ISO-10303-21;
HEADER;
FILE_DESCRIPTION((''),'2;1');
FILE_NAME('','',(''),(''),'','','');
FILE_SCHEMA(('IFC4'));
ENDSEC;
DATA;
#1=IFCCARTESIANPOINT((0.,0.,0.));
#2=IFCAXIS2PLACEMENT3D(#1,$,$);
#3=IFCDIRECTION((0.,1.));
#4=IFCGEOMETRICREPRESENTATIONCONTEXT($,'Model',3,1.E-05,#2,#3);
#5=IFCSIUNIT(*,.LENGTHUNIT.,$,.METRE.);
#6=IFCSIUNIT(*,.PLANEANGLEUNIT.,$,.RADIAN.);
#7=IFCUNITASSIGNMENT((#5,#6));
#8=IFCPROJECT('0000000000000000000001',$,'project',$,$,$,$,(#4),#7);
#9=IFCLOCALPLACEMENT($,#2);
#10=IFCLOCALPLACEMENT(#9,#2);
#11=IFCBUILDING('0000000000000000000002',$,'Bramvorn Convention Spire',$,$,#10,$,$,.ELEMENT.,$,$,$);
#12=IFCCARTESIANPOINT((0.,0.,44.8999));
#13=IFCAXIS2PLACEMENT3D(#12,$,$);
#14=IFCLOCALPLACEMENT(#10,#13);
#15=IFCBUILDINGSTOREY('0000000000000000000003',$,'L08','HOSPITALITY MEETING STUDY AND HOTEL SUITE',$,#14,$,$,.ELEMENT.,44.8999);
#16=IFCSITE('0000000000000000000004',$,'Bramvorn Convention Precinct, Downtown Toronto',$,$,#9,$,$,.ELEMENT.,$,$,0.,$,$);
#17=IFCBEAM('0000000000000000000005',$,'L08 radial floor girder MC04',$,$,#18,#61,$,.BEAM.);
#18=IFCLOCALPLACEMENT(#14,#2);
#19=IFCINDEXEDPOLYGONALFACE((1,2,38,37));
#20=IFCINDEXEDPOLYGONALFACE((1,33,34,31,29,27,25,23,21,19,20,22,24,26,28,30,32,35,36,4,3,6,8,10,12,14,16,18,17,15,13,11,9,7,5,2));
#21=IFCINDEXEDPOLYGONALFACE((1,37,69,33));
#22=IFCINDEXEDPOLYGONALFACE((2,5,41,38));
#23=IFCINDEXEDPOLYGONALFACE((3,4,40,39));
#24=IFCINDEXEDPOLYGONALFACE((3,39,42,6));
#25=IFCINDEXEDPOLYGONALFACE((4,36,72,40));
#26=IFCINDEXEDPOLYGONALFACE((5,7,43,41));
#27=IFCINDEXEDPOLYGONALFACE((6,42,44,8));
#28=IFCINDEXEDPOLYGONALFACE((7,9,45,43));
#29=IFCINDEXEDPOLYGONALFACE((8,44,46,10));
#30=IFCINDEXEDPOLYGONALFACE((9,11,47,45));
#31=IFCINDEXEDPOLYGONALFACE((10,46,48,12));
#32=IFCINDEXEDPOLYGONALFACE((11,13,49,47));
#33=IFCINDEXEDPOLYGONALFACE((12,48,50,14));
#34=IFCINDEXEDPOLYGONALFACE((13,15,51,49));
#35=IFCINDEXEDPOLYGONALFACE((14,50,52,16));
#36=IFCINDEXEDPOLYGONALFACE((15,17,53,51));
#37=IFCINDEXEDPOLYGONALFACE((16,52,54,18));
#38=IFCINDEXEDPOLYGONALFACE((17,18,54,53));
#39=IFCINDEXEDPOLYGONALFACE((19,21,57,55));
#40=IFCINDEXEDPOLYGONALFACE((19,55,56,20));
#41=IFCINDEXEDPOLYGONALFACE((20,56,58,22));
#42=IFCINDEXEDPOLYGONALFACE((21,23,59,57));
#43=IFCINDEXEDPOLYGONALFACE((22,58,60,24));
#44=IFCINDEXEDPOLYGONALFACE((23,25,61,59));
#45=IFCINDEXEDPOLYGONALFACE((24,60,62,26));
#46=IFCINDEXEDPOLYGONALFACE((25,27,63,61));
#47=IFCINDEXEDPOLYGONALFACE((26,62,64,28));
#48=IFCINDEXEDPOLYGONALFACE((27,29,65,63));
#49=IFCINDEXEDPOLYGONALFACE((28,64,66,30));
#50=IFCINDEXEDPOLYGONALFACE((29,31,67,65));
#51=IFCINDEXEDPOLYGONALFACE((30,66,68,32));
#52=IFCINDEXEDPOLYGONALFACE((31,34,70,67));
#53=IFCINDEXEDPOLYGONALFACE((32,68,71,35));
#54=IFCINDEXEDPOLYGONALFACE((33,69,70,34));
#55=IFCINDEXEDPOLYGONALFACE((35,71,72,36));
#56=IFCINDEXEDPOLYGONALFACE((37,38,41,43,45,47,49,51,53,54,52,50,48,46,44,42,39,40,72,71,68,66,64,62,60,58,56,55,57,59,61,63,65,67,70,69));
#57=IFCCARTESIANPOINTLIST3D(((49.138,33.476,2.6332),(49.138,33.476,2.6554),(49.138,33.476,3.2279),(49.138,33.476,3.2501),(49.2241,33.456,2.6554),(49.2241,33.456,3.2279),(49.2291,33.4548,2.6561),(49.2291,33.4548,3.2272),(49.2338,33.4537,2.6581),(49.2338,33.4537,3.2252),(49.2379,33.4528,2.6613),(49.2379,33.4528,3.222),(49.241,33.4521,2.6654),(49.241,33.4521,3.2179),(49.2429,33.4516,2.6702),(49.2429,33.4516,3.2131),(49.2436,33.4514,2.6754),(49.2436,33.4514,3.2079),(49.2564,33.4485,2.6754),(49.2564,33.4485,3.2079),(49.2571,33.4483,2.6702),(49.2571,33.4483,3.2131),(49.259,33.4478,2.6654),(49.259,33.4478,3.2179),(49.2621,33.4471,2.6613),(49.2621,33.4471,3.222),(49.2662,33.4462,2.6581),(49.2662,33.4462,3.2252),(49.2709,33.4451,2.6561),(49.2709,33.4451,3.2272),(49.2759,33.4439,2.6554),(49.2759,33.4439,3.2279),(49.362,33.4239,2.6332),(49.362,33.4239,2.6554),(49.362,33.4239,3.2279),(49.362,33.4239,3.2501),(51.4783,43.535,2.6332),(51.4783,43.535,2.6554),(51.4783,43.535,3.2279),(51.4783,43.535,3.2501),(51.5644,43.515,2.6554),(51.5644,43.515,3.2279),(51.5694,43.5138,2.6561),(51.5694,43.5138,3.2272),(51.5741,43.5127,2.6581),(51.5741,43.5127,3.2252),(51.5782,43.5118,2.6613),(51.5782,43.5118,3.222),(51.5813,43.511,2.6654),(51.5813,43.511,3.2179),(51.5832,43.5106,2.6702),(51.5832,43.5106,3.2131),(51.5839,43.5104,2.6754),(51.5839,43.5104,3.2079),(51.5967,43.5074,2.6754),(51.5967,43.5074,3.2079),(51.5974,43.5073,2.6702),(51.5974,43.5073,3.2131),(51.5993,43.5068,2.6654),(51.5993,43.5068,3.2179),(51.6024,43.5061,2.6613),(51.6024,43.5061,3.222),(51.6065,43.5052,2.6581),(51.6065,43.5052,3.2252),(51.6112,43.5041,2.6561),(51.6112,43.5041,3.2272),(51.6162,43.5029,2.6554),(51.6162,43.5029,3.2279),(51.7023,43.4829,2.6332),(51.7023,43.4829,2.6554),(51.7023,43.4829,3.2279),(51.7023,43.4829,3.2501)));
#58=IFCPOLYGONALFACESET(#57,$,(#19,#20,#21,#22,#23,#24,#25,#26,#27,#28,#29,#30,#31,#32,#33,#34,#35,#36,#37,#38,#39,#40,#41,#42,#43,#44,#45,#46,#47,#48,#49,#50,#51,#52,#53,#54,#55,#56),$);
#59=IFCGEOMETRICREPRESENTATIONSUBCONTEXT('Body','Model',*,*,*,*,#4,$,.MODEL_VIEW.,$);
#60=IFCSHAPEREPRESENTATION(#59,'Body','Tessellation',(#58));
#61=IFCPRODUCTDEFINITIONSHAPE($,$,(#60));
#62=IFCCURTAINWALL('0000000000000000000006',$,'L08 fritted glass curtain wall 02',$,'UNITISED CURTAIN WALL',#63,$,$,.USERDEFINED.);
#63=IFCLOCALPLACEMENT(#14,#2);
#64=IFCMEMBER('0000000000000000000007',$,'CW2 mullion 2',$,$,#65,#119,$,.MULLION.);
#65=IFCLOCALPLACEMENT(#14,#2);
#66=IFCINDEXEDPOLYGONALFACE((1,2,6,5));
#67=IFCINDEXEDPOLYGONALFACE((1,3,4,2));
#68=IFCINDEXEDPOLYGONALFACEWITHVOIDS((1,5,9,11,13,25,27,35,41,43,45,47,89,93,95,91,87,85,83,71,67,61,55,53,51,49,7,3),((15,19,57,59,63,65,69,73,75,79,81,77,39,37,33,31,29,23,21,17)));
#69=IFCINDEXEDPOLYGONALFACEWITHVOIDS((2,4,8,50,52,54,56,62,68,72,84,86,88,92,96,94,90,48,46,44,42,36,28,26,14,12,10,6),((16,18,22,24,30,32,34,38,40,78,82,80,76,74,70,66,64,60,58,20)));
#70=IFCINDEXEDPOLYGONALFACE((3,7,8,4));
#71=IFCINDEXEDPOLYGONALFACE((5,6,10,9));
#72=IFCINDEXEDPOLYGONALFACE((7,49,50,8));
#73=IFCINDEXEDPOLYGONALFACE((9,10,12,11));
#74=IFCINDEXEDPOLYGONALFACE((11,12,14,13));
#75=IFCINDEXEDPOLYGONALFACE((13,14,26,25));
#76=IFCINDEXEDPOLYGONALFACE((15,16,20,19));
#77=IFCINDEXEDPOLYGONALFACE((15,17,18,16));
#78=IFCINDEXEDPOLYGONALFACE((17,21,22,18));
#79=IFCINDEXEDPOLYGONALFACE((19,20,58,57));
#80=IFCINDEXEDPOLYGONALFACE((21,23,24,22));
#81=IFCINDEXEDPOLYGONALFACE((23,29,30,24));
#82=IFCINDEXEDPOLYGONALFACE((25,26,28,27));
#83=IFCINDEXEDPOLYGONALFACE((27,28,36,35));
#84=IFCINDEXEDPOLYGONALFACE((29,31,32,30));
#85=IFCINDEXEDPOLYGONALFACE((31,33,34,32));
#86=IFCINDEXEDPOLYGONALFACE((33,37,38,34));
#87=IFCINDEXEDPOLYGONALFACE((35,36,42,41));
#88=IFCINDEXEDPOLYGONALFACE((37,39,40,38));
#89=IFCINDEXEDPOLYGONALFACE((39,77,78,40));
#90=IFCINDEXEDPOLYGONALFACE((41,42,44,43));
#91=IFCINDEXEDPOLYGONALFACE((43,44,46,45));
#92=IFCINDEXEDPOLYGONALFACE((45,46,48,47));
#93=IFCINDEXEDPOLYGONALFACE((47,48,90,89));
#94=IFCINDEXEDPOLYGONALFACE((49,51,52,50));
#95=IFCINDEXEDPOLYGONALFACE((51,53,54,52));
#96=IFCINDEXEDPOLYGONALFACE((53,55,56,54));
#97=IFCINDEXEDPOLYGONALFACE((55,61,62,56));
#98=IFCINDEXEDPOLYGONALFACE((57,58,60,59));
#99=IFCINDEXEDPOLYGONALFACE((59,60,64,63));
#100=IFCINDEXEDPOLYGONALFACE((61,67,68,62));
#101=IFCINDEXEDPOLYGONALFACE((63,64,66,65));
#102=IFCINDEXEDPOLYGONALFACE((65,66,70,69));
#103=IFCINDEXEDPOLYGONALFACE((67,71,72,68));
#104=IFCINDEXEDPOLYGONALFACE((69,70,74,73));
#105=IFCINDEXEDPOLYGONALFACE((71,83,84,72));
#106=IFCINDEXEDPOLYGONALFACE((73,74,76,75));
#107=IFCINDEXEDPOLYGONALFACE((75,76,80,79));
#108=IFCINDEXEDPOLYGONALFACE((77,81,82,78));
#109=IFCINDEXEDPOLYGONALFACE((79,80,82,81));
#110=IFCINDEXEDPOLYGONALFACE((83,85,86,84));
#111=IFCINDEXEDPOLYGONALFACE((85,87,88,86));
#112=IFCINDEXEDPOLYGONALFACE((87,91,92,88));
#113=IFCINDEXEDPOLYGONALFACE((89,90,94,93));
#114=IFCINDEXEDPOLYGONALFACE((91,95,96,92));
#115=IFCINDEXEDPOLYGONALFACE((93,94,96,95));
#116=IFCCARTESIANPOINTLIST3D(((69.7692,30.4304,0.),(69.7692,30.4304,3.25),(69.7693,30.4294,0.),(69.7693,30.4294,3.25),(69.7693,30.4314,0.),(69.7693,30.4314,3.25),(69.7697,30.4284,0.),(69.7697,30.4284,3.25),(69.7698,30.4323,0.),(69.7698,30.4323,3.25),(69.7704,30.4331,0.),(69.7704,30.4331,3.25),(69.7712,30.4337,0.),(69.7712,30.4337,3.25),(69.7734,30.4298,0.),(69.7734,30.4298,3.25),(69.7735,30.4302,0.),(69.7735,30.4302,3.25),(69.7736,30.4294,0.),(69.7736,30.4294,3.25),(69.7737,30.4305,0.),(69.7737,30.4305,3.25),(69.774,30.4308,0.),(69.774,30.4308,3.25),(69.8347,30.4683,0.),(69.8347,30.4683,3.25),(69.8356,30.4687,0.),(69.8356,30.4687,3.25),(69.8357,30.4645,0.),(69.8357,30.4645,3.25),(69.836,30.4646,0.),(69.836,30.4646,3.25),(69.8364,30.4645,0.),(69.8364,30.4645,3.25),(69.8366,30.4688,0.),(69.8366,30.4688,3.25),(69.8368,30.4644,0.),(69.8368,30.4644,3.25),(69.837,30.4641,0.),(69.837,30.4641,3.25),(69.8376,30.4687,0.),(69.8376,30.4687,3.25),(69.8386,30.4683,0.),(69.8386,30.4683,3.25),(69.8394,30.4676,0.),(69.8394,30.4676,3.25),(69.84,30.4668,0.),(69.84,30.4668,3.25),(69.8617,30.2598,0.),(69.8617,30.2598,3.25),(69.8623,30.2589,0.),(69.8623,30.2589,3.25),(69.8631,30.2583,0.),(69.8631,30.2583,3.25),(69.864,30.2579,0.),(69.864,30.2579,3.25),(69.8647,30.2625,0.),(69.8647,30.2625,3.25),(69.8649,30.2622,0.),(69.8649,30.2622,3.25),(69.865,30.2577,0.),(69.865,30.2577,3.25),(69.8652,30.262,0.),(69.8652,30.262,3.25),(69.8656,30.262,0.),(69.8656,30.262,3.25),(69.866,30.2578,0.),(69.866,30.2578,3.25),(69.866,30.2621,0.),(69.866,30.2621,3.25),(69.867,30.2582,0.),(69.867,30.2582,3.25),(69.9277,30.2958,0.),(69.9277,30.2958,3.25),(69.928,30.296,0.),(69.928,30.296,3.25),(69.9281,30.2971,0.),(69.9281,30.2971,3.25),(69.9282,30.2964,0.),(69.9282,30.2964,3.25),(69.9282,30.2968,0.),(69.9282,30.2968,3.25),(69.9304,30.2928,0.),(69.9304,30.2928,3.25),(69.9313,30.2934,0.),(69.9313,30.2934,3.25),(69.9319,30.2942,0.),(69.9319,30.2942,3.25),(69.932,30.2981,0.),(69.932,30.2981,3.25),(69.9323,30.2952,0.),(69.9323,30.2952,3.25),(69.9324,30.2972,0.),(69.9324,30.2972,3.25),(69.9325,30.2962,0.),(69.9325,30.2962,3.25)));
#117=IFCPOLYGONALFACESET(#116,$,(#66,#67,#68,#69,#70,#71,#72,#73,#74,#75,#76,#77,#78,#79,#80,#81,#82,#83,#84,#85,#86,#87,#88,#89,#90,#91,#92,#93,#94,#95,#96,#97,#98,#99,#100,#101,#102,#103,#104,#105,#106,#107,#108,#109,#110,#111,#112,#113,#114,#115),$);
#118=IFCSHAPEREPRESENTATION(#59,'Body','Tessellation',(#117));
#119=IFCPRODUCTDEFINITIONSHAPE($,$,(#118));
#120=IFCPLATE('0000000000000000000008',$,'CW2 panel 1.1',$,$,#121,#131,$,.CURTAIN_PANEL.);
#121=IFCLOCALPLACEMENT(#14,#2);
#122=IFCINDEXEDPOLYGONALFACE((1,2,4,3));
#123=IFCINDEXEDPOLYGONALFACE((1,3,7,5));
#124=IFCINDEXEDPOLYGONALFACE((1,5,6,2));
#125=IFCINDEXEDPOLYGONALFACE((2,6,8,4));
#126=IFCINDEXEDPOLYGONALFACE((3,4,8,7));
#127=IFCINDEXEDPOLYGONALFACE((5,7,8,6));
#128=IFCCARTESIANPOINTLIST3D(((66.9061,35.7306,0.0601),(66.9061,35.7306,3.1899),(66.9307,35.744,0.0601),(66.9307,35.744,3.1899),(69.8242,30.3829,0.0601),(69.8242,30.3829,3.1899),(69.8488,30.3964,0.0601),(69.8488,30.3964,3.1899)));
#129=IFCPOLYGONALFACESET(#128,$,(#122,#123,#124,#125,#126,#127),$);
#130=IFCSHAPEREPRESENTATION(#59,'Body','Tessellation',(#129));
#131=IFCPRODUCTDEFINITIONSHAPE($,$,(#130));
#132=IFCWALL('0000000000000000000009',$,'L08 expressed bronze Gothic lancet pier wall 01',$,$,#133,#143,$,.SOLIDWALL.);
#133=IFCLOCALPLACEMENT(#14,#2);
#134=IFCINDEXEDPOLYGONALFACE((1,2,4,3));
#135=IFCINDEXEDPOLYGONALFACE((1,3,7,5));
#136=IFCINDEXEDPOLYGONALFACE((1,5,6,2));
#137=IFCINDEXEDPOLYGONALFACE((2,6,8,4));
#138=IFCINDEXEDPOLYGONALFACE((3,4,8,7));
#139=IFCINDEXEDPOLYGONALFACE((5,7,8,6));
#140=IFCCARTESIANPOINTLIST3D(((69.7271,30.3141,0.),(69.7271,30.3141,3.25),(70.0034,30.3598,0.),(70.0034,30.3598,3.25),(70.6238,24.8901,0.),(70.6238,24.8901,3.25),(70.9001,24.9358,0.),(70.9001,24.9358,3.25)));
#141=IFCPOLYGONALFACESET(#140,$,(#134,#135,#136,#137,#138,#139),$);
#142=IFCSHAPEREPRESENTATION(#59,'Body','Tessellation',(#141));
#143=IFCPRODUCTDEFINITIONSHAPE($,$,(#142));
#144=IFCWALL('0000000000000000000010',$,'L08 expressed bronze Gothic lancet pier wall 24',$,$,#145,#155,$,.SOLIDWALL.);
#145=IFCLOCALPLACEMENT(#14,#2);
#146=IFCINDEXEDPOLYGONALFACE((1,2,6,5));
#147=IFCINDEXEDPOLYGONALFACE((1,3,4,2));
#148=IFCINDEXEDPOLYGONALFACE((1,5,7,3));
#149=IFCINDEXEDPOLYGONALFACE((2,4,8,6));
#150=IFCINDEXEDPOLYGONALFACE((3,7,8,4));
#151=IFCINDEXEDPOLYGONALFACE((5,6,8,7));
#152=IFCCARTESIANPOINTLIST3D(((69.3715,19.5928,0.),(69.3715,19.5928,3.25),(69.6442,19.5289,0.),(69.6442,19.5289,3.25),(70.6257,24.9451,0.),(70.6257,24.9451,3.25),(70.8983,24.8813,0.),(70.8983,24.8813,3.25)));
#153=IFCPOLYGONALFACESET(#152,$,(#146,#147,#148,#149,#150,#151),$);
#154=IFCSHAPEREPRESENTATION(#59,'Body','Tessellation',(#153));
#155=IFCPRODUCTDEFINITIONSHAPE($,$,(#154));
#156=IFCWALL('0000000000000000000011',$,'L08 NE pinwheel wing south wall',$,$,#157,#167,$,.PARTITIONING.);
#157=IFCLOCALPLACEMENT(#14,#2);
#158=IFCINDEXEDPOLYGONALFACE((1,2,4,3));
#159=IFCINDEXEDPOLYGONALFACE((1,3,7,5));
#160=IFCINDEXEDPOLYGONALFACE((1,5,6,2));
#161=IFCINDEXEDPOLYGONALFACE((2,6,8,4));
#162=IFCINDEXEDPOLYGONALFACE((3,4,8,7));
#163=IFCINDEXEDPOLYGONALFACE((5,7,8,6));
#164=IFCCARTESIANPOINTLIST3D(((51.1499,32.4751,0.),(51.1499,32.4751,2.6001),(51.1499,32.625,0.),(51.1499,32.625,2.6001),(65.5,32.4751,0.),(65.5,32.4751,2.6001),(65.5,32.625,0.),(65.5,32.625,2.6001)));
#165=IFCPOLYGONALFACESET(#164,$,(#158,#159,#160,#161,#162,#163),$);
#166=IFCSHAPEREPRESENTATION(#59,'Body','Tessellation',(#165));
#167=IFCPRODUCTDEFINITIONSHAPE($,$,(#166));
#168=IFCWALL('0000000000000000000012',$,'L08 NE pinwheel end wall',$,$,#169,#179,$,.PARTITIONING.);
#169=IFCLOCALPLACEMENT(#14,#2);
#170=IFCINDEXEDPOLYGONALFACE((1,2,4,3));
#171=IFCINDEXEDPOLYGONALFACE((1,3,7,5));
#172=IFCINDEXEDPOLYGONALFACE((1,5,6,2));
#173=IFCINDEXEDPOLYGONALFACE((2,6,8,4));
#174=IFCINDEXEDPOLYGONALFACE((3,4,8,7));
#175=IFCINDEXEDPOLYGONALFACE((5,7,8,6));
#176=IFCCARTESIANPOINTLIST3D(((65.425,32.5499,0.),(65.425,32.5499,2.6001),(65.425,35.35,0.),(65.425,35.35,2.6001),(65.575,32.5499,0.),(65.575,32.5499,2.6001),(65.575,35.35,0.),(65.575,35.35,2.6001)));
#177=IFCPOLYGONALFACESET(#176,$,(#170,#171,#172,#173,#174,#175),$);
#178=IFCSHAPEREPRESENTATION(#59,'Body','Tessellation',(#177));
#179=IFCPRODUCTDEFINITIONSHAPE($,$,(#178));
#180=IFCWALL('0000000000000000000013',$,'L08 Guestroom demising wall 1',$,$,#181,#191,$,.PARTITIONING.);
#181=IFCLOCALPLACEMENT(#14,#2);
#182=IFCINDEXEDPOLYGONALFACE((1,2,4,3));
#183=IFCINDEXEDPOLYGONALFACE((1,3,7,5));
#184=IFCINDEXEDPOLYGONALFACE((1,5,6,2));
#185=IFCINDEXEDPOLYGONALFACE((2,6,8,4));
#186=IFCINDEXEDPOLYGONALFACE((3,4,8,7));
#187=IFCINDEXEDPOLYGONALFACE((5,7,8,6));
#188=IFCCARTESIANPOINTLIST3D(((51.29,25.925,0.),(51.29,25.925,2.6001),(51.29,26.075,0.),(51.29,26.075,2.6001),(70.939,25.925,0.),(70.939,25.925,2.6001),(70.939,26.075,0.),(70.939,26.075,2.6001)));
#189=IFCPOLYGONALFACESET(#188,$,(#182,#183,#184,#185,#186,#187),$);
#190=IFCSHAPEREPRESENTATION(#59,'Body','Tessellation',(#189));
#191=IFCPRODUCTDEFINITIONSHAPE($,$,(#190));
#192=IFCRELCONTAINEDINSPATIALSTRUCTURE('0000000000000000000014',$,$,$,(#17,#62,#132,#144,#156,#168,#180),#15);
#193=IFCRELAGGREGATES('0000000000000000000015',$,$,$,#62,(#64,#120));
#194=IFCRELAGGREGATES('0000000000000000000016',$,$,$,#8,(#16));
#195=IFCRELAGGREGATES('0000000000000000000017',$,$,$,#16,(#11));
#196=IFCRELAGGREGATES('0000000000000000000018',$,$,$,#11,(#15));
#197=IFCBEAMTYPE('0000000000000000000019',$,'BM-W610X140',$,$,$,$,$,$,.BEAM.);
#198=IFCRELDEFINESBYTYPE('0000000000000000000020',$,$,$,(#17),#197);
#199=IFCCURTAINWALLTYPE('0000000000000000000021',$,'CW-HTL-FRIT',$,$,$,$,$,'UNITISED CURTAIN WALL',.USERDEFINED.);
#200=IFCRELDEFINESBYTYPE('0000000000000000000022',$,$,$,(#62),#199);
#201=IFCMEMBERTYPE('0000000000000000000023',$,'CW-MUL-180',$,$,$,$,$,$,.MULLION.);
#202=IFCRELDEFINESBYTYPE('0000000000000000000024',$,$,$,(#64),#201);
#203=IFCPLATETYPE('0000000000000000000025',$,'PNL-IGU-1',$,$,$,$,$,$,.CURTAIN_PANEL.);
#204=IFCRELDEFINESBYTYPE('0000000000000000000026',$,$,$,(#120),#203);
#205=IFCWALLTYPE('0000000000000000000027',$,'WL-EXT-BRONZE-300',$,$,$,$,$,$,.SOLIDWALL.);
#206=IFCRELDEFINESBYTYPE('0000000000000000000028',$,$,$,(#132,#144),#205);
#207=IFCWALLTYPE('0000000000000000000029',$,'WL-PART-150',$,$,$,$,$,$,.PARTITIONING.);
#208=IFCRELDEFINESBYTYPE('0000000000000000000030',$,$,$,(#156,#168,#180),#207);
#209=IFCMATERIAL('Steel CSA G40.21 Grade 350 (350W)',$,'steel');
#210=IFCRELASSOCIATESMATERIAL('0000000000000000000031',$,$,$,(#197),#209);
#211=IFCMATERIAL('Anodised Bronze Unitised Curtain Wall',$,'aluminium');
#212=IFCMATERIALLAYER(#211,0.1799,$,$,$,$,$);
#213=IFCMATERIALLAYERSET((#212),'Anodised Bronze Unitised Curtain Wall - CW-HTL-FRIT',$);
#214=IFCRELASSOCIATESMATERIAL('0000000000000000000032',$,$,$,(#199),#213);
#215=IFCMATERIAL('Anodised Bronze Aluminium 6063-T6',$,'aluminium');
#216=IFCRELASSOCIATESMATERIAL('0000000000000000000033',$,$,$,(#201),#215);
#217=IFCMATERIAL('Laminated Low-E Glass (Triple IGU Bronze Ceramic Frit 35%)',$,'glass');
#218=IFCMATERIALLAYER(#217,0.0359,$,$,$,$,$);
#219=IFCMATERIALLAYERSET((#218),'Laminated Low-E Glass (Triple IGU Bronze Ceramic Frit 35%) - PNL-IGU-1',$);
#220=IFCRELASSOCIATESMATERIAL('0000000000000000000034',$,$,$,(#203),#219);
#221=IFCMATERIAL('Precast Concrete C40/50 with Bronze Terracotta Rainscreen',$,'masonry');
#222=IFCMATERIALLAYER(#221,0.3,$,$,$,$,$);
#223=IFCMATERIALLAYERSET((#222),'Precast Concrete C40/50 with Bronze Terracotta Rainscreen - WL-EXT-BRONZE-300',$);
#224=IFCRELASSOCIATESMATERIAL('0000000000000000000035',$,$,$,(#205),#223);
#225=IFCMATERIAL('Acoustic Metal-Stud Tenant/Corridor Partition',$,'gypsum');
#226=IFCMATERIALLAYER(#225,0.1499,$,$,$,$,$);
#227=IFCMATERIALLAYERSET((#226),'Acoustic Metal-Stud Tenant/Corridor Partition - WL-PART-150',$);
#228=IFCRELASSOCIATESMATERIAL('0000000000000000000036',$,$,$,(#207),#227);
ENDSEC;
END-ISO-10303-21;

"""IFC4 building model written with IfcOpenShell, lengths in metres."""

from ifc_helpers import new_model, si_unit, direction, frame, frame_2d, origin, origin_2d, place, context, subcontext, project, spatial, rectangle, hollow_rectangle, i_section, extrude, material, layer, layer_set, material_profile, profile_set, type_object, element, aggregate, save


model = new_model("IFC4")

# Units and contexts
model_context = context("Model", 3, precision=1e-05, world=origin(), true_north=direction((0.0, 1.0)))
body_context = subcontext(model_context, "Body", "Model", "MODEL_VIEW")
ifc_project = project(units=[si_unit("LENGTHUNIT", "METRE"), si_unit("PLANEANGLEUNIT", "RADIAN")], contexts=[model_context])

# Site, building, storey
site_placement = place(None, origin())
site = spatial("IfcSite", under=ifc_project, at=site_placement, Name="Bramvorn Convention Precinct, Downtown Toronto", CompositionType="ELEMENT", RefElevation=0.0)
building_placement = place(site_placement, origin())
building = spatial("IfcBuilding", under=site, at=building_placement, Name="Bramvorn Convention Spire", CompositionType="ELEMENT")
storey_placement = place(building_placement, frame((0.0, 0.0, 44.8999)))
storey = spatial("IfcBuildingStorey", under=building, at=storey_placement, Name="L08", Description="HOSPITALITY MEETING STUDY AND HOTEL SUITE", CompositionType="ELEMENT", Elevation=44.8999)

# Shared definitions
ifc_material_1 = material(Name="Steel CSA G40.21 Grade 350 (350W)", Category="steel")

# Beam
ifc_material_profile_1 = material_profile(ifc_material_1, i_section(OverallWidth=0.23, OverallDepth=0.6169, WebThickness=0.0132, FlangeThickness=0.0222, FilletRadius=0.02, at=origin_2d()))
ifc_profile_set_1 = profile_set([ifc_material_profile_1], Name="Steel CSA G40.21 Grade 350 (350W) - W610X140")
beam_type_1 = type_object("IfcBeamType", Name="BM-W610X140", PredefinedType="BEAM", material=ifc_profile_set_1)
beam_1_placement = place(storey_placement, frame((49.25, 33.45, 2.9417), z_axis=(0.226606, 0.973986, 0.0), x_axis=(-0.973986, 0.226606, 0.0)))
element("IfcBeam", 1, at=beam_1_placement, inside=storey, type_object=beam_type_1, Name="L08 radial floor girder MC04", PredefinedType="BEAM", context=body_context, shape_type="SweptSolid", body=[
    extrude(i_section(OverallWidth=0.23, OverallDepth=0.6169, WebThickness=0.0132, FlangeThickness=0.0222, FilletRadius=0.02, at=origin_2d()), origin(), (0.0, 0.0, 1.0), 10.3276),
])

# Curtain wall, member, plate
ifc_material_2 = material(Name="Anodised Bronze Unitised Curtain Wall", Category="aluminium")
ifc_layer_1 = layer(ifc_material_2, 0.1799)
ifc_layer_set_1 = layer_set([ifc_layer_1], Name="Anodised Bronze Unitised Curtain Wall - CW-HTL-FRIT")
curtain_wall_type = type_object("IfcCurtainWallType", Name="CW-HTL-FRIT", ElementType="UNITISED CURTAIN WALL", PredefinedType="USERDEFINED", material=ifc_layer_set_1)
curtain_wall_placement = place(storey_placement, origin())
curtain_wall = element("IfcCurtainWall", 2, at=curtain_wall_placement, inside=storey, type_object=curtain_wall_type, Name="L08 fritted glass curtain wall 02", ObjectType="UNITISED CURTAIN WALL", PredefinedType="USERDEFINED")
ifc_material_3 = material(Name="Anodised Bronze Aluminium 6063-T6", Category="aluminium")
ifc_material_profile_2 = material_profile(ifc_material_3, hollow_rectangle(XDim=0.0801, YDim=0.2, WallThickness=0.0039, InnerFilletRadius=0.001, OuterFilletRadius=0.0039, at=origin_2d()))
ifc_profile_set_2 = profile_set([ifc_material_profile_2], Name="Anodised Bronze Aluminium 6063-T6 - CWM80X200")
member_type = type_object("IfcMemberType", Name="CW-MUL-180", PredefinedType="MULLION", material=ifc_profile_set_2)
member_placement = place(storey_placement, frame((69.8508, 30.3633, 0.0), z_axis=(0.0, 0.0, 1.0), x_axis=(0.877812, 0.479006, 0.0)))
member = element("IfcMember", 3, at=member_placement, type_object=member_type, Name="CW2 mullion 2", PredefinedType="MULLION", context=body_context, shape_type="SweptSolid", body=[
    extrude(hollow_rectangle(XDim=0.0801, YDim=0.2, WallThickness=0.0039, InnerFilletRadius=0.001, OuterFilletRadius=0.0039, at=origin_2d()), origin(), (0.0, 0.0, 1.0), 3.25),
])
ifc_material_4 = material(Name="Laminated Low-E Glass (Triple IGU Bronze Ceramic Frit 35%)", Category="glass")
ifc_layer_2 = layer(ifc_material_4, 0.0359)
ifc_layer_set_2 = layer_set([ifc_layer_2], Name="Laminated Low-E Glass (Triple IGU Bronze Ceramic Frit 35%) - PNL-IGU-1")
plate_type = type_object("IfcPlateType", Name="PNL-IGU-1", PredefinedType="CURTAIN_PANEL", material=ifc_layer_set_2)
plate_placement = place(storey_placement, frame((68.3774, 33.0635, 0.0601), z_axis=(0.0, 0.0, 1.0), x_axis=(0.479006, -0.877812, 0.0)))
plate = element("IfcPlate", 4, at=plate_placement, type_object=plate_type, Name="CW2 panel 1.1", PredefinedType="CURTAIN_PANEL", context=body_context, shape_type="SweptSolid", body=[
    extrude(rectangle(XDim=6.092, YDim=0.0281, at=origin_2d()), origin(), (0.0, 0.0, 1.0), 3.1299),
])
aggregate(curtain_wall, [member, plate])

# Walls
ifc_material_5 = material(Name="Precast Concrete C40/50 with Bronze Terracotta Rainscreen", Category="masonry")
ifc_layer_3 = layer(ifc_material_5, 0.3)
ifc_layer_set_3 = layer_set([ifc_layer_3], Name="Precast Concrete C40/50 with Bronze Terracotta Rainscreen - WL-EXT-BRONZE-300")
wall_type_1 = type_object("IfcWallType", Name="WL-EXT-BRONZE-300", PredefinedType="SOLIDWALL", material=ifc_layer_set_3)
wall_1_placement = place(storey_placement, frame((69.8652, 30.3369, 0.0), z_axis=(0.0, 0.0, 1.0), x_axis=(0.163117, -0.986607, 0.0)))
element("IfcWall", 5, at=wall_1_placement, inside=storey, type_object=wall_type_1, Name="L08 expressed bronze Gothic lancet pier wall 01", PredefinedType="SOLIDWALL", context=body_context, shape_type="SweptSolid", body=[
    extrude(rectangle(XDim=5.4976, YDim=0.28, at=frame_2d((2.7488, 0.0))), origin(), (0.0, 0.0, 1.0), 3.25),
])
wall_2_placement = place(storey_placement, frame((70.762, 24.9131, 0.0), z_axis=(0.0, 0.0, 1.0), x_axis=(-0.228141, -0.973628, 0.0)))
element("IfcWall", 6, at=wall_2_placement, inside=storey, type_object=wall_type_1, Name="L08 expressed bronze Gothic lancet pier wall 24", PredefinedType="SOLIDWALL", context=body_context, shape_type="SweptSolid", body=[
    extrude(rectangle(XDim=5.4973, YDim=0.28, at=frame_2d((2.7485, 0.0))), origin(), (0.0, 0.0, 1.0), 3.25),
])
ifc_material_6 = material(Name="Acoustic Metal-Stud Tenant/Corridor Partition", Category="gypsum")
ifc_layer_4 = layer(ifc_material_6, 0.1499)
ifc_layer_set_4 = layer_set([ifc_layer_4], Name="Acoustic Metal-Stud Tenant/Corridor Partition - WL-PART-150")
wall_type_2 = type_object("IfcWallType", Name="WL-PART-150", PredefinedType="PARTITIONING", material=ifc_layer_set_4)
wall_3_placement = place(storey_placement, frame((51.1499, 32.55, 0.0), z_axis=(0.0, 0.0, 1.0), x_axis=(1.0, 0.0, 0.0)))
element("IfcWall", 7, at=wall_3_placement, inside=storey, type_object=wall_type_2, Name="L08 NE pinwheel wing south wall", PredefinedType="PARTITIONING", context=body_context, shape_type="SweptSolid", body=[
    extrude(rectangle(XDim=14.3501, YDim=0.1499, at=frame_2d((7.175, 0.0))), origin(), (0.0, 0.0, 1.0), 2.6001),
])
wall_4_placement = place(storey_placement, frame((65.5, 32.55, 0.0), z_axis=(0.0, 0.0, 1.0), x_axis=(0.0, 1.0, 0.0)))
element("IfcWall", 8, at=wall_4_placement, inside=storey, type_object=wall_type_2, Name="L08 NE pinwheel end wall", PredefinedType="PARTITIONING", context=body_context, shape_type="SweptSolid", body=[
    extrude(rectangle(XDim=2.8, YDim=0.1499, at=frame_2d((1.3999, 0.0))), origin(), (0.0, 0.0, 1.0), 2.6001),
])
wall_5_placement = place(storey_placement, frame((51.29, 26.0, 0.0), z_axis=(0.0, 0.0, 1.0), x_axis=(1.0, 0.0, 0.0)))
element("IfcWall", 9, at=wall_5_placement, inside=storey, type_object=wall_type_2, Name="L08 Guestroom demising wall 1", PredefinedType="PARTITIONING", context=body_context, shape_type="SweptSolid", body=[
    extrude(rectangle(XDim=19.6489, YDim=0.1499, at=frame_2d((9.8245, 0.0))), origin(), (0.0, 0.0, 1.0), 2.6001),
])

save(model, "model.ifc")
